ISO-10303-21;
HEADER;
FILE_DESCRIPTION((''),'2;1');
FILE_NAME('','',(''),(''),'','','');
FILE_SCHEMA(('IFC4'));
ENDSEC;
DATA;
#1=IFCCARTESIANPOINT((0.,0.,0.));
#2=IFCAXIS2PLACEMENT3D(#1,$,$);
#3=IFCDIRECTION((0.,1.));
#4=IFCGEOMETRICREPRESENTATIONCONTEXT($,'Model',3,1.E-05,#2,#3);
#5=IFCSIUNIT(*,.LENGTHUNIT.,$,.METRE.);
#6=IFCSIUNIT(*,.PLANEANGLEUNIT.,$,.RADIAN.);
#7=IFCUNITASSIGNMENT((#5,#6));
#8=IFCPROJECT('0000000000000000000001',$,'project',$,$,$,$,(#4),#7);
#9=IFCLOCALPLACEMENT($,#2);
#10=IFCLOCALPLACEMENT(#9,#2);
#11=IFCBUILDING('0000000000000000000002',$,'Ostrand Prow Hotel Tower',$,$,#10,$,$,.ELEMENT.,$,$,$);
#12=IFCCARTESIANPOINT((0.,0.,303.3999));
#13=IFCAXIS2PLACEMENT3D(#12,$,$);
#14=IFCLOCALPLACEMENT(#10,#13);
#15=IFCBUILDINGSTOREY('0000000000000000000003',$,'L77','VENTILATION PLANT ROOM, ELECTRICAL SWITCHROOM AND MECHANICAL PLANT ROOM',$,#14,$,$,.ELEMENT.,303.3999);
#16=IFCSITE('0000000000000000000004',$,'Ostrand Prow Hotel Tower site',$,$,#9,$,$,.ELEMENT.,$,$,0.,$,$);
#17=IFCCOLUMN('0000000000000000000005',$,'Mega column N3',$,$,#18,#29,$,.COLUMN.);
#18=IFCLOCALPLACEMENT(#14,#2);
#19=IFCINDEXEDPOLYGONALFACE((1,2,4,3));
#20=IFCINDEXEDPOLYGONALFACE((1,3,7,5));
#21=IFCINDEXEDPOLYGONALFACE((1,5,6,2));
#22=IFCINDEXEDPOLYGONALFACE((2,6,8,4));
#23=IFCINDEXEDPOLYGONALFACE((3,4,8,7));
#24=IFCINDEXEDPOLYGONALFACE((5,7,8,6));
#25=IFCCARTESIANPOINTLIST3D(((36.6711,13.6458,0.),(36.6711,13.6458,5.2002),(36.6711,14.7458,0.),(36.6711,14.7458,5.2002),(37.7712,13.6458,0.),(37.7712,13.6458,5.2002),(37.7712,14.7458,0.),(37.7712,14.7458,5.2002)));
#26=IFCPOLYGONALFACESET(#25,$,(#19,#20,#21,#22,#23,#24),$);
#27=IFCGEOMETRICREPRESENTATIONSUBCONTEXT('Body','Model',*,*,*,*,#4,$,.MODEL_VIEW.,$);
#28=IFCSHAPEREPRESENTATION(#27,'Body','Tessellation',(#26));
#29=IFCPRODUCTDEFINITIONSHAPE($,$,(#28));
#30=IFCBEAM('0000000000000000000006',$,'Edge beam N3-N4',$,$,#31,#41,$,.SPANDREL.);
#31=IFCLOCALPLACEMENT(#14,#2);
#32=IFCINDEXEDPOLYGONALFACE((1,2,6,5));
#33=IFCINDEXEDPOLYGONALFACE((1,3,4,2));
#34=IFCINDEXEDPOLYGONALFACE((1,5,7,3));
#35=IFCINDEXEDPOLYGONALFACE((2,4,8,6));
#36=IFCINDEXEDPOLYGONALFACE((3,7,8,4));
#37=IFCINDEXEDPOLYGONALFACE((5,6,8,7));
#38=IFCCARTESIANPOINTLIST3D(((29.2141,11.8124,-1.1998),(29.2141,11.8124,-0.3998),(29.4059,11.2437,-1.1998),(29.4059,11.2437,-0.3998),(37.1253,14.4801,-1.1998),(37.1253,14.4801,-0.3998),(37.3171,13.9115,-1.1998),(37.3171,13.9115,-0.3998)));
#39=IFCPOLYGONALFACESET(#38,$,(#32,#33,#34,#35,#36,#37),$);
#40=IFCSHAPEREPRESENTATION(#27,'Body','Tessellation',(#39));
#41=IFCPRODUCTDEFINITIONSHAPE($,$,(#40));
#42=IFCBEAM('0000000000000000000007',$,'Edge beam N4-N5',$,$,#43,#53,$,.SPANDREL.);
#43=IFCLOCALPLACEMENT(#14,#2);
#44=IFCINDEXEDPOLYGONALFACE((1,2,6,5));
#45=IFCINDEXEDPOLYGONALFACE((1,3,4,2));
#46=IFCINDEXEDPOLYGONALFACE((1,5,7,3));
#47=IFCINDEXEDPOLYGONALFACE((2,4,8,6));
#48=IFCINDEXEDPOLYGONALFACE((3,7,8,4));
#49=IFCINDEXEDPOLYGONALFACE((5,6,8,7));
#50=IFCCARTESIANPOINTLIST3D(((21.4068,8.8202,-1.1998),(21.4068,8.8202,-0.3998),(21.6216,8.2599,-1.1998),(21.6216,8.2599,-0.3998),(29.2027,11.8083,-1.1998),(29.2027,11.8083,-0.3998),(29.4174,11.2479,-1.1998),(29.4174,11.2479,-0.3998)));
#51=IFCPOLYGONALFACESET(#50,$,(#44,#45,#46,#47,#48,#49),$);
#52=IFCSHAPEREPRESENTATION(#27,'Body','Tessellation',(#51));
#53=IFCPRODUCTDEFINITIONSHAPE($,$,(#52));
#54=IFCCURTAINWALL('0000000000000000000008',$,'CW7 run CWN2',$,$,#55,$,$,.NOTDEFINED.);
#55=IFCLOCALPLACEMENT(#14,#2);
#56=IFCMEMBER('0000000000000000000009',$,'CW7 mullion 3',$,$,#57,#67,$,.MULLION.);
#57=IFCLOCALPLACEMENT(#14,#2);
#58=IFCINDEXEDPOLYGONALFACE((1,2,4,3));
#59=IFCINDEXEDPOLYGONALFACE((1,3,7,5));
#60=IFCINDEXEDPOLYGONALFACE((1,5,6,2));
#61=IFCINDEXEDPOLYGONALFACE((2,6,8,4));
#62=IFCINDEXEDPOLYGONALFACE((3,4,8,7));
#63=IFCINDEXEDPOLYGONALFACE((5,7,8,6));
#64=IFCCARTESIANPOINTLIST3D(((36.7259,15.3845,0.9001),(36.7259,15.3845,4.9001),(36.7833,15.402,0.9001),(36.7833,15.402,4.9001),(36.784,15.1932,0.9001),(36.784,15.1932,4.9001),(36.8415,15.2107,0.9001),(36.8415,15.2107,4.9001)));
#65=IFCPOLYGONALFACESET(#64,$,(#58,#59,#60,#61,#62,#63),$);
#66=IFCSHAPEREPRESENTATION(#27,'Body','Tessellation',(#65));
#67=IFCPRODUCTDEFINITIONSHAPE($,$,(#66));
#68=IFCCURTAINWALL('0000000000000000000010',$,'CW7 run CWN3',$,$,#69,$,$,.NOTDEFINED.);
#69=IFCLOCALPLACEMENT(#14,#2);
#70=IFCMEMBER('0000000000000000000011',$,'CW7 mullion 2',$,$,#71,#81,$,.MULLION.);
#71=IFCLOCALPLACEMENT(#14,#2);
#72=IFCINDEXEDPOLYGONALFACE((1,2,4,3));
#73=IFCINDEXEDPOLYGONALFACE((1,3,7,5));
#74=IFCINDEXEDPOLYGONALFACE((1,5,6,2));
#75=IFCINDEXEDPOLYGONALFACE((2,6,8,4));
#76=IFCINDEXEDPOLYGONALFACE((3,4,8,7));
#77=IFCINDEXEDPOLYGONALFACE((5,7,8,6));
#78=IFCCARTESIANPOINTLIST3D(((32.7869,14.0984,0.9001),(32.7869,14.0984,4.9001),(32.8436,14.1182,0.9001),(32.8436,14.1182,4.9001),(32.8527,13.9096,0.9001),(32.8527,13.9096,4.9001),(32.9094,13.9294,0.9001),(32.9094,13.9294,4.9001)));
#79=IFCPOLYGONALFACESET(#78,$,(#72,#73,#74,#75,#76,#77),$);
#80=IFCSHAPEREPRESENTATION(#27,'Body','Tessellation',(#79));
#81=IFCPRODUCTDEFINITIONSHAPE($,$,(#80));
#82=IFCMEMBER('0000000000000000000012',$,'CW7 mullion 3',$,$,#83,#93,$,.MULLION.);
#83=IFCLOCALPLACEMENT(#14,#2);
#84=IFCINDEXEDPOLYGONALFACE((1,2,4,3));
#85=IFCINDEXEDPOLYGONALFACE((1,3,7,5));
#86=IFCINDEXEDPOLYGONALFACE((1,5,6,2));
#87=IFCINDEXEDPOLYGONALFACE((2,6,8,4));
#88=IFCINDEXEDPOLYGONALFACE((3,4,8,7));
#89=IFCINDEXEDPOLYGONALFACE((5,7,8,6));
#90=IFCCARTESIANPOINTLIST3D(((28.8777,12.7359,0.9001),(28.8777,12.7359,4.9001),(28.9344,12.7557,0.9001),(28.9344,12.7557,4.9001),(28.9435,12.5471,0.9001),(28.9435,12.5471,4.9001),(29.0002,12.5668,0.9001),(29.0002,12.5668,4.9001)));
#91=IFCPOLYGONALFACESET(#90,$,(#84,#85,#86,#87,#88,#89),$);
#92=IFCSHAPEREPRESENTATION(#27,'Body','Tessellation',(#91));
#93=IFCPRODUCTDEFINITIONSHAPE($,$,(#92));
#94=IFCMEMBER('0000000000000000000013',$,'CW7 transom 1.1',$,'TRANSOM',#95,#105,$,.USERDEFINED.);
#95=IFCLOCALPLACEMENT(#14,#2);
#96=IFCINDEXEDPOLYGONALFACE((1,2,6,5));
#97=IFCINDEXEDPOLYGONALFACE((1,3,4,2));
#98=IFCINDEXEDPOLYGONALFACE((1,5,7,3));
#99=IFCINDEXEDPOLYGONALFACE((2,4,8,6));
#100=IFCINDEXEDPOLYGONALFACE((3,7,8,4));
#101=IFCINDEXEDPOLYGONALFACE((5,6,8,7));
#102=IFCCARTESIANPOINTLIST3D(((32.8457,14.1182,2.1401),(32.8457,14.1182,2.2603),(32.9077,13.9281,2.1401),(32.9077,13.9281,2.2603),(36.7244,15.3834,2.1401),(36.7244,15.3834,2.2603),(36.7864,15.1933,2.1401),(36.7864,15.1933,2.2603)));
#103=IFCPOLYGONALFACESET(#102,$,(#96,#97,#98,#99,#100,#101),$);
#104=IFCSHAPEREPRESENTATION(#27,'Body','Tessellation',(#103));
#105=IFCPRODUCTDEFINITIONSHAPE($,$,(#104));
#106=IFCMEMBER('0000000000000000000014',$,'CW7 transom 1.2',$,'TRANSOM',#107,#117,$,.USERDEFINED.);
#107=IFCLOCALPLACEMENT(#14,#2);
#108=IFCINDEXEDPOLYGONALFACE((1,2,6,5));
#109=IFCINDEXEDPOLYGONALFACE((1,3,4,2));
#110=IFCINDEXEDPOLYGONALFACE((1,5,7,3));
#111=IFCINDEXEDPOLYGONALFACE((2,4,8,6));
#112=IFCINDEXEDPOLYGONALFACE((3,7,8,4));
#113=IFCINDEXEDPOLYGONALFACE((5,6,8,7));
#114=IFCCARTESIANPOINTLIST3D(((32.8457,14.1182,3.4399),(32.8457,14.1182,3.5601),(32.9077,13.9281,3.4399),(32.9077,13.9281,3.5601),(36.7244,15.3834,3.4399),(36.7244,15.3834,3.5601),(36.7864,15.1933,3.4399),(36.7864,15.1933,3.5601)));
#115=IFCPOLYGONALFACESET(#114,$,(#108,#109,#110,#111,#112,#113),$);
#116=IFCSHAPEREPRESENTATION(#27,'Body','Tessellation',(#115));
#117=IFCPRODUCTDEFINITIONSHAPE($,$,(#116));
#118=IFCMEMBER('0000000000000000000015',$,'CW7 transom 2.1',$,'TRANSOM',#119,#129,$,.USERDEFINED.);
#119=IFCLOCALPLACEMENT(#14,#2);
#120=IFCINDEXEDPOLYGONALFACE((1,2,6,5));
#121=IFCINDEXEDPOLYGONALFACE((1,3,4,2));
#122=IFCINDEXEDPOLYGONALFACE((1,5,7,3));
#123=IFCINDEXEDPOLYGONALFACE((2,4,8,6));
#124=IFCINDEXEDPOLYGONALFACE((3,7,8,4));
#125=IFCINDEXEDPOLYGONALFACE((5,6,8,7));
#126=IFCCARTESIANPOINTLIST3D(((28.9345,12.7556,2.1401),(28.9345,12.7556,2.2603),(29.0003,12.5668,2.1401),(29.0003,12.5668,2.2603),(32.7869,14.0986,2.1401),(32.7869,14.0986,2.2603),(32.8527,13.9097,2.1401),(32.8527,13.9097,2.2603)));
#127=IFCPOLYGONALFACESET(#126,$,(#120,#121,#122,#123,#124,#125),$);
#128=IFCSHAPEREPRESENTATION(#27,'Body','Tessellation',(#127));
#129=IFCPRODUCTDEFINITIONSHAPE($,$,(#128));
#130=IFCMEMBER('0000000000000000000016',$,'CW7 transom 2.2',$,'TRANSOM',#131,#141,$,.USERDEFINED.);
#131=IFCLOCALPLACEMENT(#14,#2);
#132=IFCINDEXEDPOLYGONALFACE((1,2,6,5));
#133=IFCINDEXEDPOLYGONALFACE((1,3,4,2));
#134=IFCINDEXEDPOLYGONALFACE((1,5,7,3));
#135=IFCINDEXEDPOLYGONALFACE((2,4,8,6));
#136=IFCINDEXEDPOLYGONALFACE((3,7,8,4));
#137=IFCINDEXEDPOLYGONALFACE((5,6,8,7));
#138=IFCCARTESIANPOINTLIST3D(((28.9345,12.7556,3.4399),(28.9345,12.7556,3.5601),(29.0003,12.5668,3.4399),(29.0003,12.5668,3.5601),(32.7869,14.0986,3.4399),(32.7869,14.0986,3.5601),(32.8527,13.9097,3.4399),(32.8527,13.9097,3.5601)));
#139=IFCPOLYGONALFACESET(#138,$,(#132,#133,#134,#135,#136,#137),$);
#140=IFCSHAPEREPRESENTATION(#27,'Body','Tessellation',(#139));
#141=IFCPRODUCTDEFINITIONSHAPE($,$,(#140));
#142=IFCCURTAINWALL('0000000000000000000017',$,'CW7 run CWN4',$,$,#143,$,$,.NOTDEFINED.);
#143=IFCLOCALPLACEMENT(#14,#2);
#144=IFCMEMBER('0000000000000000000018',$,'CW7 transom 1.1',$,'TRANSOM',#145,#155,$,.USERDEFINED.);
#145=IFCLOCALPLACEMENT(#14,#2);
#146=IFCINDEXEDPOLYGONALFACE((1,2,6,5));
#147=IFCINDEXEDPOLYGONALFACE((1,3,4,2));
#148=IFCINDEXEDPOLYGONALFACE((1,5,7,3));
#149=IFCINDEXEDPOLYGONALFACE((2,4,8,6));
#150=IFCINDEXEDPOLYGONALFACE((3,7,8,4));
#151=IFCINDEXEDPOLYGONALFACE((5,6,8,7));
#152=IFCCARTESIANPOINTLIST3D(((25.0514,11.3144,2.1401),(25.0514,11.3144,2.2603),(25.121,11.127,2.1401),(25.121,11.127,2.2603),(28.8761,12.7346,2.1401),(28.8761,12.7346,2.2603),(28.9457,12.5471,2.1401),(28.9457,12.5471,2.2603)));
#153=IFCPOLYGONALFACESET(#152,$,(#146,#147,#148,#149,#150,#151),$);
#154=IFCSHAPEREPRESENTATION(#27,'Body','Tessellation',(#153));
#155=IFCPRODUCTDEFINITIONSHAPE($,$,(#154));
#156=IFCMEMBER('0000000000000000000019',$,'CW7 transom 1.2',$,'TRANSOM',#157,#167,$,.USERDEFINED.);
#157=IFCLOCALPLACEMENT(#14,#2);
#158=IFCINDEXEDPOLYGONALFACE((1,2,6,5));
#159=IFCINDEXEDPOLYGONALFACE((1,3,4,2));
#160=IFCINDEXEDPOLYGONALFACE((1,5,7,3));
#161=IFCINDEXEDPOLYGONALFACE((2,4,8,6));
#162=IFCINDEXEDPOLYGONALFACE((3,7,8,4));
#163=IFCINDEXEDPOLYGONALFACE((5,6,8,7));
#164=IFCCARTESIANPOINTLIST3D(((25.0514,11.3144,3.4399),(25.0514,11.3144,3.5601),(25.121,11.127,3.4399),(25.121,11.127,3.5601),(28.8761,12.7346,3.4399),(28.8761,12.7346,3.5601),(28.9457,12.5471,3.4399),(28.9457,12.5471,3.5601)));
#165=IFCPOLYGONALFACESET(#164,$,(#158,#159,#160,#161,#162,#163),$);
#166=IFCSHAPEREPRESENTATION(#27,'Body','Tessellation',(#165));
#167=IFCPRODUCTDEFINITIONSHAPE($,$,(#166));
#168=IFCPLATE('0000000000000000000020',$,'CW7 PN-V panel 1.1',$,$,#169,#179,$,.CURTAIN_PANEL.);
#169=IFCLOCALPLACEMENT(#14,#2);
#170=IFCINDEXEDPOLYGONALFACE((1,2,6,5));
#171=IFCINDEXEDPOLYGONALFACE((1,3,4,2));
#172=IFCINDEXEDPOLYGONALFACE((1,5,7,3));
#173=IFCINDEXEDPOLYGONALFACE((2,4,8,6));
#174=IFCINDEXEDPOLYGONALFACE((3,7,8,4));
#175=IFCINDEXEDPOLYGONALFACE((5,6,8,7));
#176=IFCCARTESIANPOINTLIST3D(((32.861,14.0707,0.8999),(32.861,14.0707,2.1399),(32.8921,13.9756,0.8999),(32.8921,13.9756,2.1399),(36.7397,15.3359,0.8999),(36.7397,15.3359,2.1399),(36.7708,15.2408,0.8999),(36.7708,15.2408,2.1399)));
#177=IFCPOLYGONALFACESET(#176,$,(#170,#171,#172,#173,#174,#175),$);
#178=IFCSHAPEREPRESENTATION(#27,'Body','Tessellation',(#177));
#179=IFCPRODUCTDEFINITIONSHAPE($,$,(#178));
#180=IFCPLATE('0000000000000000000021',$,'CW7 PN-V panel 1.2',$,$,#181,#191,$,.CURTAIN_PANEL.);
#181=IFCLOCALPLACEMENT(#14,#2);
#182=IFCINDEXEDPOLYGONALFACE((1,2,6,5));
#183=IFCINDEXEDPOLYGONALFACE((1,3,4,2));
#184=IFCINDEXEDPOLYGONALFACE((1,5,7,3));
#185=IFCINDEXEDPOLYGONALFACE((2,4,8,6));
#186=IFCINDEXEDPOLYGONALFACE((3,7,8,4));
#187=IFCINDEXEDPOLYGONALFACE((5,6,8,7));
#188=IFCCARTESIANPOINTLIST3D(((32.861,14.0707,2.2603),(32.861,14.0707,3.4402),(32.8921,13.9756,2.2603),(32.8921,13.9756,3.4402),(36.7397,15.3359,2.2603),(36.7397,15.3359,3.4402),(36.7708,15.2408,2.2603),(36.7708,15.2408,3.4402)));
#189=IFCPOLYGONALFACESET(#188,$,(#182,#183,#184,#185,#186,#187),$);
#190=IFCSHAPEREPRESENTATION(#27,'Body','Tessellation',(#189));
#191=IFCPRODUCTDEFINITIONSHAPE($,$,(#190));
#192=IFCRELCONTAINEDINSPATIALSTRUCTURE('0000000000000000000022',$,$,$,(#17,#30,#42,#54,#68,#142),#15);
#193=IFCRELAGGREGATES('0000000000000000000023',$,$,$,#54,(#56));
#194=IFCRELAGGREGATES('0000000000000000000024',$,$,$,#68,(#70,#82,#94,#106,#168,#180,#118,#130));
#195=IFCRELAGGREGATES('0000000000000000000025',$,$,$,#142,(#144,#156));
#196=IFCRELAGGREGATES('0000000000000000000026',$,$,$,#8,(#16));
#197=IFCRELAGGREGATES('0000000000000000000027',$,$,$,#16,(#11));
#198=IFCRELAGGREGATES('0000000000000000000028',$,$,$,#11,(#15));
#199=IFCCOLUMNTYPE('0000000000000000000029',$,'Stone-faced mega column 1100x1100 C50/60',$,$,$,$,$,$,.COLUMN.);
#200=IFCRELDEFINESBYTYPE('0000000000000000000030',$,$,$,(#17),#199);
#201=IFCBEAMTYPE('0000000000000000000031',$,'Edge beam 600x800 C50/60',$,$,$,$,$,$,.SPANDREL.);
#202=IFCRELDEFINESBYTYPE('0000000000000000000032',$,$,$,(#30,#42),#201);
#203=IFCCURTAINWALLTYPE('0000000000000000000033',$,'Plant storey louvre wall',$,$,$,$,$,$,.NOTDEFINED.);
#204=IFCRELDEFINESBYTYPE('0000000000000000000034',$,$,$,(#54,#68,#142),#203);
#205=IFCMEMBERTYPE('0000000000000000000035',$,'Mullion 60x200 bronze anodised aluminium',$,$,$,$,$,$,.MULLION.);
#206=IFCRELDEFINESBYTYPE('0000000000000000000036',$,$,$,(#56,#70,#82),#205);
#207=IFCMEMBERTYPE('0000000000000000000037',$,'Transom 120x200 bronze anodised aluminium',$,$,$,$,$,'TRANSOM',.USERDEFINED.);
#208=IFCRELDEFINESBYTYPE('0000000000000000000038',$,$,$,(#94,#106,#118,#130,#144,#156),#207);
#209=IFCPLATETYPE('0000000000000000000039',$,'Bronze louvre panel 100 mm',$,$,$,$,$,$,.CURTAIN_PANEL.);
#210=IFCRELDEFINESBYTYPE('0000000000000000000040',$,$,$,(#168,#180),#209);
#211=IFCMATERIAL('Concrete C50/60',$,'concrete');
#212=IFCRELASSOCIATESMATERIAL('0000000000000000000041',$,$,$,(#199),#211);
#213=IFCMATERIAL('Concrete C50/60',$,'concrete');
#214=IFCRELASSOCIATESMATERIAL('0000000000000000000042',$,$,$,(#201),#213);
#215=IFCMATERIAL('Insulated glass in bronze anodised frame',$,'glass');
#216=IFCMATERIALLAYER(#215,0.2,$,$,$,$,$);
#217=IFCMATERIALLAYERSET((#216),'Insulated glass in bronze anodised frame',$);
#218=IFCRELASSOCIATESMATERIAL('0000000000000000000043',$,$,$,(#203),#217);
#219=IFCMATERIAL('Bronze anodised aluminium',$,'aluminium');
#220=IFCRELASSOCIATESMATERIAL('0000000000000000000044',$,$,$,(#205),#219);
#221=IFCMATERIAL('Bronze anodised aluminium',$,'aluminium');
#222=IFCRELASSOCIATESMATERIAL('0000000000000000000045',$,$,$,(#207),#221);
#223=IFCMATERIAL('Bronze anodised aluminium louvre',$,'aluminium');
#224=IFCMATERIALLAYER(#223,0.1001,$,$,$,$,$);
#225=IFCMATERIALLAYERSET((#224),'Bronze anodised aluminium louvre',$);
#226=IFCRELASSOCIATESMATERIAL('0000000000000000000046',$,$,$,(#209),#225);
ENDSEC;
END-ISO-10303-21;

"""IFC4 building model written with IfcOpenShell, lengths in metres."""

from ifc_helpers import new_model, si_unit, direction, frame, origin, origin_2d, place, context, subcontext, project, spatial, rectangle, extrude, material, layer, layer_set, material_profile, profile_set, type_object, element, aggregate, save


model = new_model("IFC4")

# Units and contexts
model_context = context("Model", 3, precision=1e-05, world=origin(), true_north=direction((0.0, 1.0)))
body_context = subcontext(model_context, "Body", "Model", "MODEL_VIEW")
ifc_project = project(units=[si_unit("LENGTHUNIT", "METRE"), si_unit("PLANEANGLEUNIT", "RADIAN")], contexts=[model_context])

# Site, building, storey
site_placement = place(None, origin())
site = spatial("IfcSite", under=ifc_project, at=site_placement, Name="Ostrand Prow Hotel Tower site", CompositionType="ELEMENT", RefElevation=0.0)
building_placement = place(site_placement, origin())
building = spatial("IfcBuilding", under=site, at=building_placement, Name="Ostrand Prow Hotel Tower", CompositionType="ELEMENT")
storey_placement = place(building_placement, frame((0.0, 0.0, 303.3999)))
storey = spatial("IfcBuildingStorey", under=building, at=storey_placement, Name="L77", Description="VENTILATION PLANT ROOM, ELECTRICAL SWITCHROOM AND MECHANICAL PLANT ROOM", CompositionType="ELEMENT", Elevation=303.3999)

# Column
ifc_material_1 = material(Name="Concrete C50/60", Category="concrete")
ifc_material_profile_1 = material_profile(ifc_material_1, rectangle(XDim=1.1001, YDim=1.1001, at=origin_2d()), Name="RC 1100x1100")
ifc_profile_set_1 = profile_set([ifc_material_profile_1], Name="Concrete C50/60")
column_type = type_object("IfcColumnType", Name="Stone-faced mega column 1100x1100 C50/60", PredefinedType="COLUMN", material=ifc_profile_set_1)
column_placement = place(storey_placement, frame((37.2212, 14.1958, 0.0), z_axis=(0.0, 0.0, 1.0), x_axis=(1.0, 0.0, 0.0)))
element("IfcColumn", 1, at=column_placement, inside=storey, type_object=column_type, Name="Mega column N3", PredefinedType="COLUMN", context=body_context, shape_type="SweptSolid", body=[
    extrude(rectangle(XDim=1.1001, YDim=1.1001, at=origin_2d()), origin(), (0.0, 0.0, 1.0), 5.2002),
])

# Beams
ifc_material_2 = material(Name="Concrete C50/60", Category="concrete")
ifc_material_profile_2 = material_profile(ifc_material_2, rectangle(XDim=0.6001, YDim=0.8, at=origin_2d()), Name="RC 600x800")
ifc_profile_set_2 = profile_set([ifc_material_profile_2], Name="Concrete C50/60")
beam_type = type_object("IfcBeamType", Name="Edge beam 600x800 C50/60", PredefinedType="SPANDREL", material=ifc_profile_set_2)
for number, where, z_axis, x_axis, name in (
    (2, (37.2212, 14.1958, -0.7998), (-0.947575, -0.319533, 0.0), (0.319533, -0.947575, 0.0), "Edge beam N3-N4"),
    (3, (29.3101, 11.5281, -0.7998), (-0.933762, -0.357895, 0.0), (0.357895, -0.933762, 0.0), "Edge beam N4-N5"),
):
    element("IfcBeam", number, at=place(storey_placement, frame(where, z_axis=z_axis, x_axis=x_axis)), inside=storey, type_object=beam_type, Name=name, PredefinedType="SPANDREL", context=body_context, shape_type="SweptSolid", body=[
        extrude(rectangle(XDim=0.6001, YDim=0.8, at=origin_2d()), origin(), (0.0, 0.0, 1.0), 8.3489),
    ])

# Curtain wall, member
ifc_material_3 = material(Name="Insulated glass in bronze anodised frame", Category="glass")
ifc_layer_1 = layer(ifc_material_3, 0.2)
ifc_layer_set_1 = layer_set([ifc_layer_1], Name="Insulated glass in bronze anodised frame")
curtain_wall_type = type_object("IfcCurtainWallType", Name="Plant storey louvre wall", PredefinedType="NOTDEFINED", material=ifc_layer_set_1)
curtain_wall_1_placement = place(storey_placement, origin())
curtain_wall_1 = element("IfcCurtainWall", 4, at=curtain_wall_1_placement, inside=storey, type_object=curtain_wall_type, Name="CW7 run CWN2", PredefinedType="NOTDEFINED")
ifc_material_4 = material(Name="Bronze anodised aluminium", Category="aluminium")
ifc_material_profile_3 = material_profile(ifc_material_4, rectangle(XDim=0.2, YDim=0.0601, at=origin_2d()), Name="Mullion 60x200 bronze anodised aluminium")
ifc_profile_set_3 = profile_set([ifc_material_profile_3], Name="Bronze anodised aluminium")
member_type_1 = type_object("IfcMemberType", Name="Mullion 60x200 bronze anodised aluminium", PredefinedType="MULLION", material=ifc_profile_set_3)
member_1_placement = place(storey_placement, frame((36.7837, 15.2976, 0.9001), z_axis=(0.0, 0.0, 1.0), x_axis=(0.290938, -0.956742, 0.0)))
member_1 = element("IfcMember", 5, at=member_1_placement, type_object=member_type_1, Name="CW7 mullion 3", PredefinedType="MULLION", context=body_context, shape_type="SweptSolid", body=[
    extrude(rectangle(XDim=0.2, YDim=0.0601, at=origin_2d()), origin(), (0.0, 0.0, 1.0), 4.0),
])
aggregate(curtain_wall_1, [member_1])

# Curtain walls, members
curtain_wall_2_placement = place(storey_placement, origin())
curtain_wall_2 = element("IfcCurtainWall", 6, at=curtain_wall_2_placement, inside=storey, type_object=curtain_wall_type, Name="CW7 run CWN3", PredefinedType="NOTDEFINED")
member_2_placement = place(storey_placement, frame((32.8481, 14.0139, 0.9001), z_axis=(0.0, 0.0, 1.0), x_axis=(0.329158, -0.944275, 0.0)))
member_2 = element("IfcMember", 7, at=member_2_placement, type_object=member_type_1, Name="CW7 mullion 2", PredefinedType="MULLION", context=body_context, shape_type="SweptSolid", body=[
    extrude(rectangle(XDim=0.2, YDim=0.0601, at=origin_2d()), origin(), (0.0, 0.0, 1.0), 4.0),
])
member_3_placement = place(storey_placement, frame((28.939, 12.6514, 0.9001), z_axis=(0.0, 0.0, 1.0), x_axis=(0.329158, -0.944275, 0.0)))
member_3 = element("IfcMember", 8, at=member_3_placement, type_object=member_type_1, Name="CW7 mullion 3", PredefinedType="MULLION", context=body_context, shape_type="SweptSolid", body=[
    extrude(rectangle(XDim=0.2, YDim=0.0601, at=origin_2d()), origin(), (0.0, 0.0, 1.0), 4.0),
])
ifc_material_5 = material(Name="Bronze anodised aluminium", Category="aluminium")
ifc_material_profile_4 = material_profile(ifc_material_5, rectangle(XDim=0.2, YDim=0.1201, at=origin_2d()), Name="Transom 120x200 bronze anodised aluminium")
ifc_profile_set_4 = profile_set([ifc_material_profile_4], Name="Bronze anodised aluminium")
member_type_2 = type_object("IfcMemberType", Name="Transom 120x200 bronze anodised aluminium", ElementType="TRANSOM", PredefinedType="USERDEFINED", material=ifc_profile_set_4)
member_4_placement = place(storey_placement, frame((36.7554, 15.2883, 2.2002), z_axis=(-0.950704, -0.310099, 0.0), x_axis=(0.310099, -0.950704, 0.0)))
member_4 = element("IfcMember", 9, at=member_4_placement, type_object=member_type_2, Name="CW7 transom 1.1", ObjectType="TRANSOM", PredefinedType="USERDEFINED", context=body_context, shape_type="SweptSolid", body=[
    extrude(rectangle(XDim=0.2, YDim=0.1201, at=origin_2d()), origin(), (0.0, 0.0, 1.0), 4.0798),
])
member_5_placement = place(storey_placement, frame((36.7554, 15.2883, 3.5), z_axis=(-0.950704, -0.310099, 0.0), x_axis=(0.310099, -0.950704, 0.0)))
member_5 = element("IfcMember", 10, at=member_5_placement, type_object=member_type_2, Name="CW7 transom 1.2", ObjectType="TRANSOM", PredefinedType="USERDEFINED", context=body_context, shape_type="SweptSolid", body=[
    extrude(rectangle(XDim=0.2, YDim=0.1201, at=origin_2d()), origin(), (0.0, 0.0, 1.0), 4.0798),
])
member_6_placement = place(storey_placement, frame((32.8198, 14.0042, 2.2002), z_axis=(-0.944268, -0.329177, 0.0), x_axis=(0.329177, -0.944268, 0.0)))
member_6 = element("IfcMember", 11, at=member_6_placement, type_object=member_type_2, Name="CW7 transom 2.1", ObjectType="TRANSOM", PredefinedType="USERDEFINED", context=body_context, shape_type="SweptSolid", body=[
    extrude(rectangle(XDim=0.2, YDim=0.1201, at=origin_2d()), origin(), (0.0, 0.0, 1.0), 4.0798),
])
member_7_placement = place(storey_placement, frame((32.8198, 14.0042, 3.5), z_axis=(-0.944268, -0.329177, 0.0), x_axis=(0.329177, -0.944268, 0.0)))
member_7 = element("IfcMember", 12, at=member_7_placement, type_object=member_type_2, Name="CW7 transom 2.2", ObjectType="TRANSOM", PredefinedType="USERDEFINED", context=body_context, shape_type="SweptSolid", body=[
    extrude(rectangle(XDim=0.2, YDim=0.1201, at=origin_2d()), origin(), (0.0, 0.0, 1.0), 4.0798),
])
curtain_wall_3_placement = place(storey_placement, origin())
curtain_wall_3 = element("IfcCurtainWall", 13, at=curtain_wall_3_placement, inside=storey, type_object=curtain_wall_type, Name="CW7 run CWN4", PredefinedType="NOTDEFINED")
member_8_placement = place(storey_placement, frame((28.9109, 12.6409, 2.2002), z_axis=(-0.93746, -0.348092, 0.0), x_axis=(0.348092, -0.93746, 0.0)))
member_8 = element("IfcMember", 14, at=member_8_placement, type_object=member_type_2, Name="CW7 transom 1.1", ObjectType="TRANSOM", PredefinedType="USERDEFINED", context=body_context, shape_type="SweptSolid", body=[
    extrude(rectangle(XDim=0.2, YDim=0.1201, at=origin_2d()), origin(), (0.0, 0.0, 1.0), 4.0798),
])
member_9_placement = place(storey_placement, frame((28.9109, 12.6409, 3.5), z_axis=(-0.93746, -0.348092, 0.0), x_axis=(0.348092, -0.93746, 0.0)))
member_9 = element("IfcMember", 15, at=member_9_placement, type_object=member_type_2, Name="CW7 transom 1.2", ObjectType="TRANSOM", PredefinedType="USERDEFINED", context=body_context, shape_type="SweptSolid", body=[
    extrude(rectangle(XDim=0.2, YDim=0.1201, at=origin_2d()), origin(), (0.0, 0.0, 1.0), 4.0798),
])

# Plates
ifc_material_6 = material(Name="Bronze anodised aluminium louvre", Category="aluminium")
ifc_layer_2 = layer(ifc_material_6, 0.1001)
ifc_layer_set_2 = layer_set([ifc_layer_2], Name="Bronze anodised aluminium louvre")
plate_type = type_object("IfcPlateType", Name="Bronze louvre panel 100 mm", PredefinedType="CURTAIN_PANEL", material=ifc_layer_set_2)
plate_1_placement = place(storey_placement, frame((34.8159, 14.6558, 0.8999), z_axis=(0.0, 0.0, 1.0), x_axis=(-0.9507, -0.310111, 0.0)))
plate_1 = element("IfcPlate", 16, at=plate_1_placement, type_object=plate_type, Name="CW7 PN-V panel 1.1", PredefinedType="CURTAIN_PANEL", context=body_context, shape_type="SweptSolid", body=[
    extrude(rectangle(XDim=4.0798, YDim=0.1001, at=origin_2d()), origin(), (0.0, 0.0, 1.0), 1.24),
])
plate_2_placement = place(storey_placement, frame((34.8159, 14.6558, 2.2603), z_axis=(0.0, 0.0, 1.0), x_axis=(-0.9507, -0.310111, 0.0)))
plate_2 = element("IfcPlate", 17, at=plate_2_placement, type_object=plate_type, Name="CW7 PN-V panel 1.2", PredefinedType="CURTAIN_PANEL", context=body_context, shape_type="SweptSolid", body=[
    extrude(rectangle(XDim=4.0798, YDim=0.1001, at=origin_2d()), origin(), (0.0, 0.0, 1.0), 1.1799),
])
aggregate(curtain_wall_2, [member_2, member_3, member_4, member_5, plate_1, plate_2, member_6, member_7])
aggregate(curtain_wall_3, [member_8, member_9])

save(model, "model.ifc")
